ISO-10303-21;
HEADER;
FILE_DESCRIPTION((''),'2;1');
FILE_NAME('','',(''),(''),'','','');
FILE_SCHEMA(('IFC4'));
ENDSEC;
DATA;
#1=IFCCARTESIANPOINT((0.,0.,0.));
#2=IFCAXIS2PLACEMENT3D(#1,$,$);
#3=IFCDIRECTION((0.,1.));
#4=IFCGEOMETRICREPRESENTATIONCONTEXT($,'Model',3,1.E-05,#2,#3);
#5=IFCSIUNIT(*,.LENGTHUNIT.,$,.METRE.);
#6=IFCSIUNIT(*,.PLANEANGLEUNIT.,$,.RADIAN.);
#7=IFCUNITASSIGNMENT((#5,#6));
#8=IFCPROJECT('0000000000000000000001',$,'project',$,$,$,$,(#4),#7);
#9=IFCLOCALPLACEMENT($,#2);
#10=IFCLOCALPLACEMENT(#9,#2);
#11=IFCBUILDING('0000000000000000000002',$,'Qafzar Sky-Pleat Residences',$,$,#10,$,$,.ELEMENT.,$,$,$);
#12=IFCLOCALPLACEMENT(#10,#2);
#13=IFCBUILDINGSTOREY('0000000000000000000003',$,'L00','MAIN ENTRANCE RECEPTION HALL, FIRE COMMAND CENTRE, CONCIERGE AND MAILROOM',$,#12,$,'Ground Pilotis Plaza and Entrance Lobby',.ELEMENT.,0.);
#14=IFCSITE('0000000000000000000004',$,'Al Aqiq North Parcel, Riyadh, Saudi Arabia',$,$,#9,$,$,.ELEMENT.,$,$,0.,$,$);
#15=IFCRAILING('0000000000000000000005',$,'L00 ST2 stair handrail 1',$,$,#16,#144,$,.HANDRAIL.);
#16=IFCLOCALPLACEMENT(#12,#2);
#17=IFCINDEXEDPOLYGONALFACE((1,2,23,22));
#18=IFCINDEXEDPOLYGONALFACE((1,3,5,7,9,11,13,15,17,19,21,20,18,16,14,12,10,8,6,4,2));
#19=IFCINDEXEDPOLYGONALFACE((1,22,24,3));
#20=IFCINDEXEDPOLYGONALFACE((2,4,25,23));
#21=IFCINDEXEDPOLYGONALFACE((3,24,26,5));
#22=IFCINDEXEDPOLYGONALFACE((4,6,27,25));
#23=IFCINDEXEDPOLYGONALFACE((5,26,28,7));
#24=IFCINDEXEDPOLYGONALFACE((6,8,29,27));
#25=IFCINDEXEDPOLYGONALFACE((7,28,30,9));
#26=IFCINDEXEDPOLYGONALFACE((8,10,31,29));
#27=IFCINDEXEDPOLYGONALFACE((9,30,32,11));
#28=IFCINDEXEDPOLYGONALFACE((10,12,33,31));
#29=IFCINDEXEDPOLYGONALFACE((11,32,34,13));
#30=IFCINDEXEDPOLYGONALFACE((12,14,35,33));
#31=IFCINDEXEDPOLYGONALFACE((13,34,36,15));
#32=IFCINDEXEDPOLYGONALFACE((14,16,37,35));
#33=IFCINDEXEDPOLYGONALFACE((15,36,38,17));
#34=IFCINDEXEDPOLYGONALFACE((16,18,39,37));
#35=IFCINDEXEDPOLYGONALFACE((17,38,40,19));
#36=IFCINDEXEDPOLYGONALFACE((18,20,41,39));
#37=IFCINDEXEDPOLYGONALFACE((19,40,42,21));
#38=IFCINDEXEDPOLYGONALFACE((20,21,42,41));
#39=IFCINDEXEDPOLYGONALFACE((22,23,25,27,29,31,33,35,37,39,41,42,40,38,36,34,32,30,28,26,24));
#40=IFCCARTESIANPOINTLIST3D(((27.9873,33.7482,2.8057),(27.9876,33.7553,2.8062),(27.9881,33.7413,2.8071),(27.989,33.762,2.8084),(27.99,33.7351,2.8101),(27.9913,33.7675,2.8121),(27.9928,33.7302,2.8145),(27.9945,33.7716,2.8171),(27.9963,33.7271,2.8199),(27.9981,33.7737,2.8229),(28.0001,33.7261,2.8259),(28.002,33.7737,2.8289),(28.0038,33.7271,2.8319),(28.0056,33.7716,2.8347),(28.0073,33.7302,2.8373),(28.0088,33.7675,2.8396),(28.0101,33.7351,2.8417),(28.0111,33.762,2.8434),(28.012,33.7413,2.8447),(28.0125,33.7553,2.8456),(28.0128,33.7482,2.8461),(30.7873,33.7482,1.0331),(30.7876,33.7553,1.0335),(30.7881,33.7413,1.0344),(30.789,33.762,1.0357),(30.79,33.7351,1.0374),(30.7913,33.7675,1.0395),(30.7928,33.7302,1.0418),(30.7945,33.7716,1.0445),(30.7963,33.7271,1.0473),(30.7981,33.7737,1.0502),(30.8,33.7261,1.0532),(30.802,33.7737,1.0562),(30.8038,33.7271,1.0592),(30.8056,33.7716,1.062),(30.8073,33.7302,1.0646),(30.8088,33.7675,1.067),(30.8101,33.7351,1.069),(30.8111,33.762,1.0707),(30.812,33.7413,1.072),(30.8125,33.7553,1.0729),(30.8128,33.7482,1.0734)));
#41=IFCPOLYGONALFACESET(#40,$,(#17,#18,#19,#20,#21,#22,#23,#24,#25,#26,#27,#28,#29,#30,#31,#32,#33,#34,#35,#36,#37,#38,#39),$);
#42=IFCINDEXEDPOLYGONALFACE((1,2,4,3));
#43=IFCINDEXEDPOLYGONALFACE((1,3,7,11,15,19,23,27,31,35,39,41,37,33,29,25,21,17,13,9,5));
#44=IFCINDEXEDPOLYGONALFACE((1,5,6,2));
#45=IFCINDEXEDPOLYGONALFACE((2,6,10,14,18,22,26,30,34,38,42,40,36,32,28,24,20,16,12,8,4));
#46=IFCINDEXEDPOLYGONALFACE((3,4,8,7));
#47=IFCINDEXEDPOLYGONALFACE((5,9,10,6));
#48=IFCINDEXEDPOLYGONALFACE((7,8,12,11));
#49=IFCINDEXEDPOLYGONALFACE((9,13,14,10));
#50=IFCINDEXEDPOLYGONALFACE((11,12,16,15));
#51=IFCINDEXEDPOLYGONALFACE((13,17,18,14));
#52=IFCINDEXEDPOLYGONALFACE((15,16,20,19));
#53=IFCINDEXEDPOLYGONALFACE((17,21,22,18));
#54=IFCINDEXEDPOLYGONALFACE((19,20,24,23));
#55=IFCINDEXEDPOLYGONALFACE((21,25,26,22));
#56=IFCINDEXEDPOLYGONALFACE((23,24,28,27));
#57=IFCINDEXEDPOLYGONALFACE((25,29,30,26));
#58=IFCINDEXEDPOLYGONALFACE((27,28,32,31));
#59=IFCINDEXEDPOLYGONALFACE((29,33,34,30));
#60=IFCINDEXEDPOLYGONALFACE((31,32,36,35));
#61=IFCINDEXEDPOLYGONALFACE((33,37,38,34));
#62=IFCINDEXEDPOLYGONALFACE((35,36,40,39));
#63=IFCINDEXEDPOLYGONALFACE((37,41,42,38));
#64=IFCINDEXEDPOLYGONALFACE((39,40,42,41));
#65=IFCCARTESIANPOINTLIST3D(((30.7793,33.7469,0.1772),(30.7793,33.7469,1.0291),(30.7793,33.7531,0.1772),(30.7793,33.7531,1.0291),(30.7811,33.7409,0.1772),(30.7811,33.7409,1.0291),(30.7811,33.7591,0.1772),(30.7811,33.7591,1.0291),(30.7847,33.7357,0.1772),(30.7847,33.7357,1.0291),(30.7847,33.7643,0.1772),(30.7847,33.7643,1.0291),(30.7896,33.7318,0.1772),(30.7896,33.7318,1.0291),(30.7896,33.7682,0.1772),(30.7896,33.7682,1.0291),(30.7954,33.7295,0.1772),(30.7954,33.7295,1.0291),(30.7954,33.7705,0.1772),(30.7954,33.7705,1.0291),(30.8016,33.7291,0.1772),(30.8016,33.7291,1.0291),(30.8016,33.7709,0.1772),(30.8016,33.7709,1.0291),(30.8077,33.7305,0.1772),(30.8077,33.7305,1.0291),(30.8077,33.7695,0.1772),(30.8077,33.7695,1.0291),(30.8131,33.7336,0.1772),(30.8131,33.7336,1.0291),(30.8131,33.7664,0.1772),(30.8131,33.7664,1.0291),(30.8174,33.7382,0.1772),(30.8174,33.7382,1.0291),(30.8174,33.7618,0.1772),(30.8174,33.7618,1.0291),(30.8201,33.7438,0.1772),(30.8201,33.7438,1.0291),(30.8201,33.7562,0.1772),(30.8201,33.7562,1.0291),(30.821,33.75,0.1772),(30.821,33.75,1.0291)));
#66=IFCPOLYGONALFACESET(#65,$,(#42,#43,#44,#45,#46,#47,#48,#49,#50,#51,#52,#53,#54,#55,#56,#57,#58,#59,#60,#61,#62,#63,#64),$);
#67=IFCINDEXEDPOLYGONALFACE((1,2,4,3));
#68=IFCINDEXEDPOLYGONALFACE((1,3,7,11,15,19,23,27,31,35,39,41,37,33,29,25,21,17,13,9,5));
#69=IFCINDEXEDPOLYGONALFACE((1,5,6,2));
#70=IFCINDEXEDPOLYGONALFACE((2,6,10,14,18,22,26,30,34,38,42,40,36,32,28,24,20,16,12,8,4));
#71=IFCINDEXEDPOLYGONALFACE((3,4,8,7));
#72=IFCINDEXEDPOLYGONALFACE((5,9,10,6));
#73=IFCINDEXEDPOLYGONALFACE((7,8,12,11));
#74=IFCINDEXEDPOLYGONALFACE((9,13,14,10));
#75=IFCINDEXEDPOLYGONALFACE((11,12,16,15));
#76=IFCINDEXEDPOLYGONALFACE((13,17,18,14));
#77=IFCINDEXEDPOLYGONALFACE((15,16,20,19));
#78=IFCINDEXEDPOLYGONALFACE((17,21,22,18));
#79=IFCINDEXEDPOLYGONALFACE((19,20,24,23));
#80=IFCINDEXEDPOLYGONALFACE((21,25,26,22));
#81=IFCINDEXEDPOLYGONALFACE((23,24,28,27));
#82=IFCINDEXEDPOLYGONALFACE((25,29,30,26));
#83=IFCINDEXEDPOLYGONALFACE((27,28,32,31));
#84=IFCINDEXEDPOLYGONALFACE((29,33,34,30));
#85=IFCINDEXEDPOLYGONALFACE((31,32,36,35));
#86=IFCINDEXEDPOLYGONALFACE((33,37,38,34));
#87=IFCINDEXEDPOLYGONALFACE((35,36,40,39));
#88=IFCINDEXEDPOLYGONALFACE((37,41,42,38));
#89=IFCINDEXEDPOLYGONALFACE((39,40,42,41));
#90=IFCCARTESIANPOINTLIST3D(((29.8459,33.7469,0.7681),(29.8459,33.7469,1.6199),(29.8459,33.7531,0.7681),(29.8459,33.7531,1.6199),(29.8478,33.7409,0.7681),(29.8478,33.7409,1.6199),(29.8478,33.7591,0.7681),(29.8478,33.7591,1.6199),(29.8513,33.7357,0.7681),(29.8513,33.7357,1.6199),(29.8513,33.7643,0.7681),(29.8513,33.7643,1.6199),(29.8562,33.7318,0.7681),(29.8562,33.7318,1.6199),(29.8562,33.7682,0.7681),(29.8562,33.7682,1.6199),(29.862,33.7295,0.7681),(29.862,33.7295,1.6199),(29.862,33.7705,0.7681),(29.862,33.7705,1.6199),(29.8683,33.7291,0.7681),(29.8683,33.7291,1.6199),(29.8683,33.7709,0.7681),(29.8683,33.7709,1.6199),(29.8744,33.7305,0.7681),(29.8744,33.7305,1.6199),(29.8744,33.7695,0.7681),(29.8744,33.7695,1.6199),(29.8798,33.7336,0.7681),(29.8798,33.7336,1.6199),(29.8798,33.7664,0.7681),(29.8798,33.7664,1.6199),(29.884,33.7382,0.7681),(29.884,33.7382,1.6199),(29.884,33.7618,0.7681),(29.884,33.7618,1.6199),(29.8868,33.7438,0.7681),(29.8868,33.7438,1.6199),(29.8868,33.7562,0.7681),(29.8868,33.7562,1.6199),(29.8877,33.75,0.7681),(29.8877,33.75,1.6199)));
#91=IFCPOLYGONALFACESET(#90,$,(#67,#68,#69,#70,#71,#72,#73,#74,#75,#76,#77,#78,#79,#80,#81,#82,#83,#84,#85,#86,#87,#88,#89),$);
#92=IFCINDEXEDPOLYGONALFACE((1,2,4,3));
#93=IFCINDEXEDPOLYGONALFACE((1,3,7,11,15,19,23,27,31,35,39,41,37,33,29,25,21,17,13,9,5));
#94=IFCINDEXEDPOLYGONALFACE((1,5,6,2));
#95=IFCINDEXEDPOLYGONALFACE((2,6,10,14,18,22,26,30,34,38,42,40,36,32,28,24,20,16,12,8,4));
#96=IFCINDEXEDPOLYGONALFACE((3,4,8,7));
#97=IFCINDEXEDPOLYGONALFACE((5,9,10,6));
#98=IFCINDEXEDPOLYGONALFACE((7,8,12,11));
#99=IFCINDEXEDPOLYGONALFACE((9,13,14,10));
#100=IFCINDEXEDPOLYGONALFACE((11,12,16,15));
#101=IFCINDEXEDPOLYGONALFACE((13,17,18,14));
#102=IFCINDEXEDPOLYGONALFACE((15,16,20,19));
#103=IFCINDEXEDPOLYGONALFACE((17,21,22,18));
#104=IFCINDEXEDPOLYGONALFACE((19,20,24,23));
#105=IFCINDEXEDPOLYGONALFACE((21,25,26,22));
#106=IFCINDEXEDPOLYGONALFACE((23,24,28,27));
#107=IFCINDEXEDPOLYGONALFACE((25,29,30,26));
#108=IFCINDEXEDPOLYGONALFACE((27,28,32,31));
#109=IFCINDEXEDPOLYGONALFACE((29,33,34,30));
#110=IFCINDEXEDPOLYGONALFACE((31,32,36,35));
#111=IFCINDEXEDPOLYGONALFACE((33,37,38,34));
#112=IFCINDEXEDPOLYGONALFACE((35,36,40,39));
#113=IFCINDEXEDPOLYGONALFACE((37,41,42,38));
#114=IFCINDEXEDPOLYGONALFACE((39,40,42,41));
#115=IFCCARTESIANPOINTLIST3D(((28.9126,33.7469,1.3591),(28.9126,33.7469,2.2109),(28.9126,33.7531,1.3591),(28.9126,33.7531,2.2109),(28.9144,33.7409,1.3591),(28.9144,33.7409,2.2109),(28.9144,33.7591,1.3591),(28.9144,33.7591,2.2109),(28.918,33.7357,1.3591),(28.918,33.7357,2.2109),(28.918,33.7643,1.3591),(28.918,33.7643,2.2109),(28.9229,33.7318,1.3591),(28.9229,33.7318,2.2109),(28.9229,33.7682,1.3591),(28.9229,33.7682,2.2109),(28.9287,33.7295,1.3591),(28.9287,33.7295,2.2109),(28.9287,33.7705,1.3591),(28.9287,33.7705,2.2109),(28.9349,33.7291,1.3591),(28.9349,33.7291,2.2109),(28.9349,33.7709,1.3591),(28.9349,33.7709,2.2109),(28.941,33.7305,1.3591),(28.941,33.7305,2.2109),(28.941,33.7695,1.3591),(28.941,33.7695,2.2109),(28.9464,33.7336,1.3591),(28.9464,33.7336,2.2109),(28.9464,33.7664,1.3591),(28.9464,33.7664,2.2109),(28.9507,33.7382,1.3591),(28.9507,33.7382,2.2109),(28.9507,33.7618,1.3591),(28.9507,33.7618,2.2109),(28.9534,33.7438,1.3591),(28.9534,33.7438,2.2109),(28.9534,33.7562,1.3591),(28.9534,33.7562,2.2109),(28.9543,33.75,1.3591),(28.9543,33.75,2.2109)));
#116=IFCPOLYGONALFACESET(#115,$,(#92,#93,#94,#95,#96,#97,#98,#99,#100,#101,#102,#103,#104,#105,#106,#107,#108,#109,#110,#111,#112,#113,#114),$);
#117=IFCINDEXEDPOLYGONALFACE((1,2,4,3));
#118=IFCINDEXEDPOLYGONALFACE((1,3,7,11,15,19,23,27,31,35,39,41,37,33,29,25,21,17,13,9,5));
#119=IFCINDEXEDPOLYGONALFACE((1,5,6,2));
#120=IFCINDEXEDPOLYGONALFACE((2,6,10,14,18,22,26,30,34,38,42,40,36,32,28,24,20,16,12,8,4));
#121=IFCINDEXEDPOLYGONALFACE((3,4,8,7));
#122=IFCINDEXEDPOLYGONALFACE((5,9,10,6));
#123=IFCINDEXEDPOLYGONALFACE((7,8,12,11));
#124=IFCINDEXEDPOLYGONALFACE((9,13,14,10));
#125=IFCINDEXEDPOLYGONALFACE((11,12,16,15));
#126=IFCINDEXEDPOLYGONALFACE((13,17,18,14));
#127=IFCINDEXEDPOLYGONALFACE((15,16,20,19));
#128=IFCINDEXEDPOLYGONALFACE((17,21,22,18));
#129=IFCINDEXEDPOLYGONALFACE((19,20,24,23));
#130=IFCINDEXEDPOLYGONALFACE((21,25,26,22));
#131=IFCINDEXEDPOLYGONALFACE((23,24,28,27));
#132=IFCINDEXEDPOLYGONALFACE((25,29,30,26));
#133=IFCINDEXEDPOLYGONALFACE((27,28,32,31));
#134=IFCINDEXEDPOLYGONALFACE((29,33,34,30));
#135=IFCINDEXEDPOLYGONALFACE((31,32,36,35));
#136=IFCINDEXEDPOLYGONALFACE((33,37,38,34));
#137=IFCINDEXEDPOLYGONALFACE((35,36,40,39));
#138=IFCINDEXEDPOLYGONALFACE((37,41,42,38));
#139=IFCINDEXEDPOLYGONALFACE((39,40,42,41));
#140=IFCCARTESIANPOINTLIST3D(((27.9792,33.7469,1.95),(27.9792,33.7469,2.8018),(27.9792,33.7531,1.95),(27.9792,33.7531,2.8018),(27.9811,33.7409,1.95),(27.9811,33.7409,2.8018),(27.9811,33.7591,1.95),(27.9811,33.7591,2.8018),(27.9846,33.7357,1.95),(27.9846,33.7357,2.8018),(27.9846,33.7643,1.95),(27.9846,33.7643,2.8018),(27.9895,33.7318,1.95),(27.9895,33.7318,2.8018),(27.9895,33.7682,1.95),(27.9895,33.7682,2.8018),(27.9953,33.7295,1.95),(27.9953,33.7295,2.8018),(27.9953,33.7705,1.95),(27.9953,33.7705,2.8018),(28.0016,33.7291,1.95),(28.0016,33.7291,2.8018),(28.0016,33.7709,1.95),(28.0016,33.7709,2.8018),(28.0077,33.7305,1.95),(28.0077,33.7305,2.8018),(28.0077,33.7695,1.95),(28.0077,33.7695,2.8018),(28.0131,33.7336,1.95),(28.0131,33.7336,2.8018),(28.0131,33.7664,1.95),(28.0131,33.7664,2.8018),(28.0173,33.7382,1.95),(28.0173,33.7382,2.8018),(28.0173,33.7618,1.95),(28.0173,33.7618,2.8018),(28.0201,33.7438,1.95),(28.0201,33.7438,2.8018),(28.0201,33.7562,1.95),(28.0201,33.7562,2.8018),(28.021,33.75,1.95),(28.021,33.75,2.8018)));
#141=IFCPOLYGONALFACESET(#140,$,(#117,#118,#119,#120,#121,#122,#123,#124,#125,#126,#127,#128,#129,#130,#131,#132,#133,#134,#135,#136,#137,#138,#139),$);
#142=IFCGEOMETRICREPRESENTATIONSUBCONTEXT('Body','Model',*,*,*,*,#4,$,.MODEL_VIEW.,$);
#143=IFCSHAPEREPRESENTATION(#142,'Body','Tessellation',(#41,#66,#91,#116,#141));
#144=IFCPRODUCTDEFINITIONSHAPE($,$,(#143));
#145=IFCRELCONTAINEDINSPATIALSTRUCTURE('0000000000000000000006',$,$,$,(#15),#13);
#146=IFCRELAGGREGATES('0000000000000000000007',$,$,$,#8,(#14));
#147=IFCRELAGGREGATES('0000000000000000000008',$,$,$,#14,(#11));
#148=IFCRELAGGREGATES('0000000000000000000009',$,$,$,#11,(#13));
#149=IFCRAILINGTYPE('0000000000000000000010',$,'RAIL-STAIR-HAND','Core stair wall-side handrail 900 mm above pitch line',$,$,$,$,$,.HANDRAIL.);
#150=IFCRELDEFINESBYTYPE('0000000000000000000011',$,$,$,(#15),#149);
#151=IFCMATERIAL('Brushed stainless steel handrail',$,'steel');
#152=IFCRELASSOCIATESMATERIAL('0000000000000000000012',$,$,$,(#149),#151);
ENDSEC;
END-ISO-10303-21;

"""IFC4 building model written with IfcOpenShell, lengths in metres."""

from ifc_helpers import new_model, si_unit, direction, frame, origin, origin_2d, place, context, subcontext, project, spatial, circle, extrude, source, transform, mapped, material, type_object, element, save


model = new_model("IFC4")

# Units and contexts
model_context = context("Model", 3, precision=1e-05, world=origin(), true_north=direction((0.0, 1.0)))
body_context = subcontext(model_context, "Body", "Model", "MODEL_VIEW")
ifc_project = project(units=[si_unit("LENGTHUNIT", "METRE"), si_unit("PLANEANGLEUNIT", "RADIAN")], contexts=[model_context])

# Site, building, storey
site_placement = place(None, origin())
site = spatial("IfcSite", under=ifc_project, at=site_placement, Name="Al Aqiq North Parcel, Riyadh, Saudi Arabia", CompositionType="ELEMENT", RefElevation=0.0)
building_placement = place(site_placement, origin())
building = spatial("IfcBuilding", under=site, at=building_placement, Name="Qafzar Sky-Pleat Residences", CompositionType="ELEMENT")
storey_placement = place(building_placement, origin())
storey = spatial("IfcBuildingStorey", under=building, at=storey_placement, Name="L00", Description="MAIN ENTRANCE RECEPTION HALL, FIRE COMMAND CENTRE, CONCIERGE AND MAILROOM", LongName="Ground Pilotis Plaza and Entrance Lobby", CompositionType="ELEMENT", Elevation=0.0)

# Railing
ifc_material_1 = material(Name="Brushed stainless steel handrail", Category="steel")
railing_type_1 = type_object("IfcRailingType", Name="RAIL-STAIR-HAND", Description="Core stair wall-side handrail 900 mm above pitch line", PredefinedType="HANDRAIL", material=ifc_material_1)
shared_shape_1 = source(origin(), body_context, "Body", "SweptSolid", [
    extrude(circle(Radius=0.0239, at=origin_2d()), frame((0.0, 0.0, 0.876), z_axis=(-0.844909, 0.0, 0.53491), x_axis=(0.0, -1.0, 0.0)), (0.0, 0.0, 1.0), 3.314),
    extrude(circle(Radius=0.021, at=origin_2d()), origin(), (0.0, 0.0, 1.0), 0.8518),
    extrude(circle(Radius=0.021, at=origin_2d()), frame((-0.9333, 0.0, 0.5908)), (0.0, 0.0, 1.0), 0.8518),
    extrude(circle(Radius=0.021, at=origin_2d()), frame((-1.8667, 0.0, 1.1819)), (0.0, 0.0, 1.0), 0.8518),
    extrude(circle(Radius=0.021, at=origin_2d()), frame((-2.8, 0.0, 1.7727)), (0.0, 0.0, 1.0), 0.8518),
])
for number, where, name in (
    (1, (30.8, 33.75, 0.1772), "L00 ST2 stair handrail 1"),
):
    element("IfcRailing", number, at=place(storey_placement, frame(where)), inside=storey, type_object=railing_type_1, Name=name, PredefinedType="HANDRAIL", context=body_context, shape_type="MappedRepresentation", body=[
        mapped(shared_shape_1, transform((0.0, 0.0, 0.0), x_axis=(1.0, 0.0, 0.0), y_axis=(0.0, 1.0, 0.0), z_axis=(0.0, 0.0, 1.0), scale=1.0)),
    ])

save(model, "model.ifc")
